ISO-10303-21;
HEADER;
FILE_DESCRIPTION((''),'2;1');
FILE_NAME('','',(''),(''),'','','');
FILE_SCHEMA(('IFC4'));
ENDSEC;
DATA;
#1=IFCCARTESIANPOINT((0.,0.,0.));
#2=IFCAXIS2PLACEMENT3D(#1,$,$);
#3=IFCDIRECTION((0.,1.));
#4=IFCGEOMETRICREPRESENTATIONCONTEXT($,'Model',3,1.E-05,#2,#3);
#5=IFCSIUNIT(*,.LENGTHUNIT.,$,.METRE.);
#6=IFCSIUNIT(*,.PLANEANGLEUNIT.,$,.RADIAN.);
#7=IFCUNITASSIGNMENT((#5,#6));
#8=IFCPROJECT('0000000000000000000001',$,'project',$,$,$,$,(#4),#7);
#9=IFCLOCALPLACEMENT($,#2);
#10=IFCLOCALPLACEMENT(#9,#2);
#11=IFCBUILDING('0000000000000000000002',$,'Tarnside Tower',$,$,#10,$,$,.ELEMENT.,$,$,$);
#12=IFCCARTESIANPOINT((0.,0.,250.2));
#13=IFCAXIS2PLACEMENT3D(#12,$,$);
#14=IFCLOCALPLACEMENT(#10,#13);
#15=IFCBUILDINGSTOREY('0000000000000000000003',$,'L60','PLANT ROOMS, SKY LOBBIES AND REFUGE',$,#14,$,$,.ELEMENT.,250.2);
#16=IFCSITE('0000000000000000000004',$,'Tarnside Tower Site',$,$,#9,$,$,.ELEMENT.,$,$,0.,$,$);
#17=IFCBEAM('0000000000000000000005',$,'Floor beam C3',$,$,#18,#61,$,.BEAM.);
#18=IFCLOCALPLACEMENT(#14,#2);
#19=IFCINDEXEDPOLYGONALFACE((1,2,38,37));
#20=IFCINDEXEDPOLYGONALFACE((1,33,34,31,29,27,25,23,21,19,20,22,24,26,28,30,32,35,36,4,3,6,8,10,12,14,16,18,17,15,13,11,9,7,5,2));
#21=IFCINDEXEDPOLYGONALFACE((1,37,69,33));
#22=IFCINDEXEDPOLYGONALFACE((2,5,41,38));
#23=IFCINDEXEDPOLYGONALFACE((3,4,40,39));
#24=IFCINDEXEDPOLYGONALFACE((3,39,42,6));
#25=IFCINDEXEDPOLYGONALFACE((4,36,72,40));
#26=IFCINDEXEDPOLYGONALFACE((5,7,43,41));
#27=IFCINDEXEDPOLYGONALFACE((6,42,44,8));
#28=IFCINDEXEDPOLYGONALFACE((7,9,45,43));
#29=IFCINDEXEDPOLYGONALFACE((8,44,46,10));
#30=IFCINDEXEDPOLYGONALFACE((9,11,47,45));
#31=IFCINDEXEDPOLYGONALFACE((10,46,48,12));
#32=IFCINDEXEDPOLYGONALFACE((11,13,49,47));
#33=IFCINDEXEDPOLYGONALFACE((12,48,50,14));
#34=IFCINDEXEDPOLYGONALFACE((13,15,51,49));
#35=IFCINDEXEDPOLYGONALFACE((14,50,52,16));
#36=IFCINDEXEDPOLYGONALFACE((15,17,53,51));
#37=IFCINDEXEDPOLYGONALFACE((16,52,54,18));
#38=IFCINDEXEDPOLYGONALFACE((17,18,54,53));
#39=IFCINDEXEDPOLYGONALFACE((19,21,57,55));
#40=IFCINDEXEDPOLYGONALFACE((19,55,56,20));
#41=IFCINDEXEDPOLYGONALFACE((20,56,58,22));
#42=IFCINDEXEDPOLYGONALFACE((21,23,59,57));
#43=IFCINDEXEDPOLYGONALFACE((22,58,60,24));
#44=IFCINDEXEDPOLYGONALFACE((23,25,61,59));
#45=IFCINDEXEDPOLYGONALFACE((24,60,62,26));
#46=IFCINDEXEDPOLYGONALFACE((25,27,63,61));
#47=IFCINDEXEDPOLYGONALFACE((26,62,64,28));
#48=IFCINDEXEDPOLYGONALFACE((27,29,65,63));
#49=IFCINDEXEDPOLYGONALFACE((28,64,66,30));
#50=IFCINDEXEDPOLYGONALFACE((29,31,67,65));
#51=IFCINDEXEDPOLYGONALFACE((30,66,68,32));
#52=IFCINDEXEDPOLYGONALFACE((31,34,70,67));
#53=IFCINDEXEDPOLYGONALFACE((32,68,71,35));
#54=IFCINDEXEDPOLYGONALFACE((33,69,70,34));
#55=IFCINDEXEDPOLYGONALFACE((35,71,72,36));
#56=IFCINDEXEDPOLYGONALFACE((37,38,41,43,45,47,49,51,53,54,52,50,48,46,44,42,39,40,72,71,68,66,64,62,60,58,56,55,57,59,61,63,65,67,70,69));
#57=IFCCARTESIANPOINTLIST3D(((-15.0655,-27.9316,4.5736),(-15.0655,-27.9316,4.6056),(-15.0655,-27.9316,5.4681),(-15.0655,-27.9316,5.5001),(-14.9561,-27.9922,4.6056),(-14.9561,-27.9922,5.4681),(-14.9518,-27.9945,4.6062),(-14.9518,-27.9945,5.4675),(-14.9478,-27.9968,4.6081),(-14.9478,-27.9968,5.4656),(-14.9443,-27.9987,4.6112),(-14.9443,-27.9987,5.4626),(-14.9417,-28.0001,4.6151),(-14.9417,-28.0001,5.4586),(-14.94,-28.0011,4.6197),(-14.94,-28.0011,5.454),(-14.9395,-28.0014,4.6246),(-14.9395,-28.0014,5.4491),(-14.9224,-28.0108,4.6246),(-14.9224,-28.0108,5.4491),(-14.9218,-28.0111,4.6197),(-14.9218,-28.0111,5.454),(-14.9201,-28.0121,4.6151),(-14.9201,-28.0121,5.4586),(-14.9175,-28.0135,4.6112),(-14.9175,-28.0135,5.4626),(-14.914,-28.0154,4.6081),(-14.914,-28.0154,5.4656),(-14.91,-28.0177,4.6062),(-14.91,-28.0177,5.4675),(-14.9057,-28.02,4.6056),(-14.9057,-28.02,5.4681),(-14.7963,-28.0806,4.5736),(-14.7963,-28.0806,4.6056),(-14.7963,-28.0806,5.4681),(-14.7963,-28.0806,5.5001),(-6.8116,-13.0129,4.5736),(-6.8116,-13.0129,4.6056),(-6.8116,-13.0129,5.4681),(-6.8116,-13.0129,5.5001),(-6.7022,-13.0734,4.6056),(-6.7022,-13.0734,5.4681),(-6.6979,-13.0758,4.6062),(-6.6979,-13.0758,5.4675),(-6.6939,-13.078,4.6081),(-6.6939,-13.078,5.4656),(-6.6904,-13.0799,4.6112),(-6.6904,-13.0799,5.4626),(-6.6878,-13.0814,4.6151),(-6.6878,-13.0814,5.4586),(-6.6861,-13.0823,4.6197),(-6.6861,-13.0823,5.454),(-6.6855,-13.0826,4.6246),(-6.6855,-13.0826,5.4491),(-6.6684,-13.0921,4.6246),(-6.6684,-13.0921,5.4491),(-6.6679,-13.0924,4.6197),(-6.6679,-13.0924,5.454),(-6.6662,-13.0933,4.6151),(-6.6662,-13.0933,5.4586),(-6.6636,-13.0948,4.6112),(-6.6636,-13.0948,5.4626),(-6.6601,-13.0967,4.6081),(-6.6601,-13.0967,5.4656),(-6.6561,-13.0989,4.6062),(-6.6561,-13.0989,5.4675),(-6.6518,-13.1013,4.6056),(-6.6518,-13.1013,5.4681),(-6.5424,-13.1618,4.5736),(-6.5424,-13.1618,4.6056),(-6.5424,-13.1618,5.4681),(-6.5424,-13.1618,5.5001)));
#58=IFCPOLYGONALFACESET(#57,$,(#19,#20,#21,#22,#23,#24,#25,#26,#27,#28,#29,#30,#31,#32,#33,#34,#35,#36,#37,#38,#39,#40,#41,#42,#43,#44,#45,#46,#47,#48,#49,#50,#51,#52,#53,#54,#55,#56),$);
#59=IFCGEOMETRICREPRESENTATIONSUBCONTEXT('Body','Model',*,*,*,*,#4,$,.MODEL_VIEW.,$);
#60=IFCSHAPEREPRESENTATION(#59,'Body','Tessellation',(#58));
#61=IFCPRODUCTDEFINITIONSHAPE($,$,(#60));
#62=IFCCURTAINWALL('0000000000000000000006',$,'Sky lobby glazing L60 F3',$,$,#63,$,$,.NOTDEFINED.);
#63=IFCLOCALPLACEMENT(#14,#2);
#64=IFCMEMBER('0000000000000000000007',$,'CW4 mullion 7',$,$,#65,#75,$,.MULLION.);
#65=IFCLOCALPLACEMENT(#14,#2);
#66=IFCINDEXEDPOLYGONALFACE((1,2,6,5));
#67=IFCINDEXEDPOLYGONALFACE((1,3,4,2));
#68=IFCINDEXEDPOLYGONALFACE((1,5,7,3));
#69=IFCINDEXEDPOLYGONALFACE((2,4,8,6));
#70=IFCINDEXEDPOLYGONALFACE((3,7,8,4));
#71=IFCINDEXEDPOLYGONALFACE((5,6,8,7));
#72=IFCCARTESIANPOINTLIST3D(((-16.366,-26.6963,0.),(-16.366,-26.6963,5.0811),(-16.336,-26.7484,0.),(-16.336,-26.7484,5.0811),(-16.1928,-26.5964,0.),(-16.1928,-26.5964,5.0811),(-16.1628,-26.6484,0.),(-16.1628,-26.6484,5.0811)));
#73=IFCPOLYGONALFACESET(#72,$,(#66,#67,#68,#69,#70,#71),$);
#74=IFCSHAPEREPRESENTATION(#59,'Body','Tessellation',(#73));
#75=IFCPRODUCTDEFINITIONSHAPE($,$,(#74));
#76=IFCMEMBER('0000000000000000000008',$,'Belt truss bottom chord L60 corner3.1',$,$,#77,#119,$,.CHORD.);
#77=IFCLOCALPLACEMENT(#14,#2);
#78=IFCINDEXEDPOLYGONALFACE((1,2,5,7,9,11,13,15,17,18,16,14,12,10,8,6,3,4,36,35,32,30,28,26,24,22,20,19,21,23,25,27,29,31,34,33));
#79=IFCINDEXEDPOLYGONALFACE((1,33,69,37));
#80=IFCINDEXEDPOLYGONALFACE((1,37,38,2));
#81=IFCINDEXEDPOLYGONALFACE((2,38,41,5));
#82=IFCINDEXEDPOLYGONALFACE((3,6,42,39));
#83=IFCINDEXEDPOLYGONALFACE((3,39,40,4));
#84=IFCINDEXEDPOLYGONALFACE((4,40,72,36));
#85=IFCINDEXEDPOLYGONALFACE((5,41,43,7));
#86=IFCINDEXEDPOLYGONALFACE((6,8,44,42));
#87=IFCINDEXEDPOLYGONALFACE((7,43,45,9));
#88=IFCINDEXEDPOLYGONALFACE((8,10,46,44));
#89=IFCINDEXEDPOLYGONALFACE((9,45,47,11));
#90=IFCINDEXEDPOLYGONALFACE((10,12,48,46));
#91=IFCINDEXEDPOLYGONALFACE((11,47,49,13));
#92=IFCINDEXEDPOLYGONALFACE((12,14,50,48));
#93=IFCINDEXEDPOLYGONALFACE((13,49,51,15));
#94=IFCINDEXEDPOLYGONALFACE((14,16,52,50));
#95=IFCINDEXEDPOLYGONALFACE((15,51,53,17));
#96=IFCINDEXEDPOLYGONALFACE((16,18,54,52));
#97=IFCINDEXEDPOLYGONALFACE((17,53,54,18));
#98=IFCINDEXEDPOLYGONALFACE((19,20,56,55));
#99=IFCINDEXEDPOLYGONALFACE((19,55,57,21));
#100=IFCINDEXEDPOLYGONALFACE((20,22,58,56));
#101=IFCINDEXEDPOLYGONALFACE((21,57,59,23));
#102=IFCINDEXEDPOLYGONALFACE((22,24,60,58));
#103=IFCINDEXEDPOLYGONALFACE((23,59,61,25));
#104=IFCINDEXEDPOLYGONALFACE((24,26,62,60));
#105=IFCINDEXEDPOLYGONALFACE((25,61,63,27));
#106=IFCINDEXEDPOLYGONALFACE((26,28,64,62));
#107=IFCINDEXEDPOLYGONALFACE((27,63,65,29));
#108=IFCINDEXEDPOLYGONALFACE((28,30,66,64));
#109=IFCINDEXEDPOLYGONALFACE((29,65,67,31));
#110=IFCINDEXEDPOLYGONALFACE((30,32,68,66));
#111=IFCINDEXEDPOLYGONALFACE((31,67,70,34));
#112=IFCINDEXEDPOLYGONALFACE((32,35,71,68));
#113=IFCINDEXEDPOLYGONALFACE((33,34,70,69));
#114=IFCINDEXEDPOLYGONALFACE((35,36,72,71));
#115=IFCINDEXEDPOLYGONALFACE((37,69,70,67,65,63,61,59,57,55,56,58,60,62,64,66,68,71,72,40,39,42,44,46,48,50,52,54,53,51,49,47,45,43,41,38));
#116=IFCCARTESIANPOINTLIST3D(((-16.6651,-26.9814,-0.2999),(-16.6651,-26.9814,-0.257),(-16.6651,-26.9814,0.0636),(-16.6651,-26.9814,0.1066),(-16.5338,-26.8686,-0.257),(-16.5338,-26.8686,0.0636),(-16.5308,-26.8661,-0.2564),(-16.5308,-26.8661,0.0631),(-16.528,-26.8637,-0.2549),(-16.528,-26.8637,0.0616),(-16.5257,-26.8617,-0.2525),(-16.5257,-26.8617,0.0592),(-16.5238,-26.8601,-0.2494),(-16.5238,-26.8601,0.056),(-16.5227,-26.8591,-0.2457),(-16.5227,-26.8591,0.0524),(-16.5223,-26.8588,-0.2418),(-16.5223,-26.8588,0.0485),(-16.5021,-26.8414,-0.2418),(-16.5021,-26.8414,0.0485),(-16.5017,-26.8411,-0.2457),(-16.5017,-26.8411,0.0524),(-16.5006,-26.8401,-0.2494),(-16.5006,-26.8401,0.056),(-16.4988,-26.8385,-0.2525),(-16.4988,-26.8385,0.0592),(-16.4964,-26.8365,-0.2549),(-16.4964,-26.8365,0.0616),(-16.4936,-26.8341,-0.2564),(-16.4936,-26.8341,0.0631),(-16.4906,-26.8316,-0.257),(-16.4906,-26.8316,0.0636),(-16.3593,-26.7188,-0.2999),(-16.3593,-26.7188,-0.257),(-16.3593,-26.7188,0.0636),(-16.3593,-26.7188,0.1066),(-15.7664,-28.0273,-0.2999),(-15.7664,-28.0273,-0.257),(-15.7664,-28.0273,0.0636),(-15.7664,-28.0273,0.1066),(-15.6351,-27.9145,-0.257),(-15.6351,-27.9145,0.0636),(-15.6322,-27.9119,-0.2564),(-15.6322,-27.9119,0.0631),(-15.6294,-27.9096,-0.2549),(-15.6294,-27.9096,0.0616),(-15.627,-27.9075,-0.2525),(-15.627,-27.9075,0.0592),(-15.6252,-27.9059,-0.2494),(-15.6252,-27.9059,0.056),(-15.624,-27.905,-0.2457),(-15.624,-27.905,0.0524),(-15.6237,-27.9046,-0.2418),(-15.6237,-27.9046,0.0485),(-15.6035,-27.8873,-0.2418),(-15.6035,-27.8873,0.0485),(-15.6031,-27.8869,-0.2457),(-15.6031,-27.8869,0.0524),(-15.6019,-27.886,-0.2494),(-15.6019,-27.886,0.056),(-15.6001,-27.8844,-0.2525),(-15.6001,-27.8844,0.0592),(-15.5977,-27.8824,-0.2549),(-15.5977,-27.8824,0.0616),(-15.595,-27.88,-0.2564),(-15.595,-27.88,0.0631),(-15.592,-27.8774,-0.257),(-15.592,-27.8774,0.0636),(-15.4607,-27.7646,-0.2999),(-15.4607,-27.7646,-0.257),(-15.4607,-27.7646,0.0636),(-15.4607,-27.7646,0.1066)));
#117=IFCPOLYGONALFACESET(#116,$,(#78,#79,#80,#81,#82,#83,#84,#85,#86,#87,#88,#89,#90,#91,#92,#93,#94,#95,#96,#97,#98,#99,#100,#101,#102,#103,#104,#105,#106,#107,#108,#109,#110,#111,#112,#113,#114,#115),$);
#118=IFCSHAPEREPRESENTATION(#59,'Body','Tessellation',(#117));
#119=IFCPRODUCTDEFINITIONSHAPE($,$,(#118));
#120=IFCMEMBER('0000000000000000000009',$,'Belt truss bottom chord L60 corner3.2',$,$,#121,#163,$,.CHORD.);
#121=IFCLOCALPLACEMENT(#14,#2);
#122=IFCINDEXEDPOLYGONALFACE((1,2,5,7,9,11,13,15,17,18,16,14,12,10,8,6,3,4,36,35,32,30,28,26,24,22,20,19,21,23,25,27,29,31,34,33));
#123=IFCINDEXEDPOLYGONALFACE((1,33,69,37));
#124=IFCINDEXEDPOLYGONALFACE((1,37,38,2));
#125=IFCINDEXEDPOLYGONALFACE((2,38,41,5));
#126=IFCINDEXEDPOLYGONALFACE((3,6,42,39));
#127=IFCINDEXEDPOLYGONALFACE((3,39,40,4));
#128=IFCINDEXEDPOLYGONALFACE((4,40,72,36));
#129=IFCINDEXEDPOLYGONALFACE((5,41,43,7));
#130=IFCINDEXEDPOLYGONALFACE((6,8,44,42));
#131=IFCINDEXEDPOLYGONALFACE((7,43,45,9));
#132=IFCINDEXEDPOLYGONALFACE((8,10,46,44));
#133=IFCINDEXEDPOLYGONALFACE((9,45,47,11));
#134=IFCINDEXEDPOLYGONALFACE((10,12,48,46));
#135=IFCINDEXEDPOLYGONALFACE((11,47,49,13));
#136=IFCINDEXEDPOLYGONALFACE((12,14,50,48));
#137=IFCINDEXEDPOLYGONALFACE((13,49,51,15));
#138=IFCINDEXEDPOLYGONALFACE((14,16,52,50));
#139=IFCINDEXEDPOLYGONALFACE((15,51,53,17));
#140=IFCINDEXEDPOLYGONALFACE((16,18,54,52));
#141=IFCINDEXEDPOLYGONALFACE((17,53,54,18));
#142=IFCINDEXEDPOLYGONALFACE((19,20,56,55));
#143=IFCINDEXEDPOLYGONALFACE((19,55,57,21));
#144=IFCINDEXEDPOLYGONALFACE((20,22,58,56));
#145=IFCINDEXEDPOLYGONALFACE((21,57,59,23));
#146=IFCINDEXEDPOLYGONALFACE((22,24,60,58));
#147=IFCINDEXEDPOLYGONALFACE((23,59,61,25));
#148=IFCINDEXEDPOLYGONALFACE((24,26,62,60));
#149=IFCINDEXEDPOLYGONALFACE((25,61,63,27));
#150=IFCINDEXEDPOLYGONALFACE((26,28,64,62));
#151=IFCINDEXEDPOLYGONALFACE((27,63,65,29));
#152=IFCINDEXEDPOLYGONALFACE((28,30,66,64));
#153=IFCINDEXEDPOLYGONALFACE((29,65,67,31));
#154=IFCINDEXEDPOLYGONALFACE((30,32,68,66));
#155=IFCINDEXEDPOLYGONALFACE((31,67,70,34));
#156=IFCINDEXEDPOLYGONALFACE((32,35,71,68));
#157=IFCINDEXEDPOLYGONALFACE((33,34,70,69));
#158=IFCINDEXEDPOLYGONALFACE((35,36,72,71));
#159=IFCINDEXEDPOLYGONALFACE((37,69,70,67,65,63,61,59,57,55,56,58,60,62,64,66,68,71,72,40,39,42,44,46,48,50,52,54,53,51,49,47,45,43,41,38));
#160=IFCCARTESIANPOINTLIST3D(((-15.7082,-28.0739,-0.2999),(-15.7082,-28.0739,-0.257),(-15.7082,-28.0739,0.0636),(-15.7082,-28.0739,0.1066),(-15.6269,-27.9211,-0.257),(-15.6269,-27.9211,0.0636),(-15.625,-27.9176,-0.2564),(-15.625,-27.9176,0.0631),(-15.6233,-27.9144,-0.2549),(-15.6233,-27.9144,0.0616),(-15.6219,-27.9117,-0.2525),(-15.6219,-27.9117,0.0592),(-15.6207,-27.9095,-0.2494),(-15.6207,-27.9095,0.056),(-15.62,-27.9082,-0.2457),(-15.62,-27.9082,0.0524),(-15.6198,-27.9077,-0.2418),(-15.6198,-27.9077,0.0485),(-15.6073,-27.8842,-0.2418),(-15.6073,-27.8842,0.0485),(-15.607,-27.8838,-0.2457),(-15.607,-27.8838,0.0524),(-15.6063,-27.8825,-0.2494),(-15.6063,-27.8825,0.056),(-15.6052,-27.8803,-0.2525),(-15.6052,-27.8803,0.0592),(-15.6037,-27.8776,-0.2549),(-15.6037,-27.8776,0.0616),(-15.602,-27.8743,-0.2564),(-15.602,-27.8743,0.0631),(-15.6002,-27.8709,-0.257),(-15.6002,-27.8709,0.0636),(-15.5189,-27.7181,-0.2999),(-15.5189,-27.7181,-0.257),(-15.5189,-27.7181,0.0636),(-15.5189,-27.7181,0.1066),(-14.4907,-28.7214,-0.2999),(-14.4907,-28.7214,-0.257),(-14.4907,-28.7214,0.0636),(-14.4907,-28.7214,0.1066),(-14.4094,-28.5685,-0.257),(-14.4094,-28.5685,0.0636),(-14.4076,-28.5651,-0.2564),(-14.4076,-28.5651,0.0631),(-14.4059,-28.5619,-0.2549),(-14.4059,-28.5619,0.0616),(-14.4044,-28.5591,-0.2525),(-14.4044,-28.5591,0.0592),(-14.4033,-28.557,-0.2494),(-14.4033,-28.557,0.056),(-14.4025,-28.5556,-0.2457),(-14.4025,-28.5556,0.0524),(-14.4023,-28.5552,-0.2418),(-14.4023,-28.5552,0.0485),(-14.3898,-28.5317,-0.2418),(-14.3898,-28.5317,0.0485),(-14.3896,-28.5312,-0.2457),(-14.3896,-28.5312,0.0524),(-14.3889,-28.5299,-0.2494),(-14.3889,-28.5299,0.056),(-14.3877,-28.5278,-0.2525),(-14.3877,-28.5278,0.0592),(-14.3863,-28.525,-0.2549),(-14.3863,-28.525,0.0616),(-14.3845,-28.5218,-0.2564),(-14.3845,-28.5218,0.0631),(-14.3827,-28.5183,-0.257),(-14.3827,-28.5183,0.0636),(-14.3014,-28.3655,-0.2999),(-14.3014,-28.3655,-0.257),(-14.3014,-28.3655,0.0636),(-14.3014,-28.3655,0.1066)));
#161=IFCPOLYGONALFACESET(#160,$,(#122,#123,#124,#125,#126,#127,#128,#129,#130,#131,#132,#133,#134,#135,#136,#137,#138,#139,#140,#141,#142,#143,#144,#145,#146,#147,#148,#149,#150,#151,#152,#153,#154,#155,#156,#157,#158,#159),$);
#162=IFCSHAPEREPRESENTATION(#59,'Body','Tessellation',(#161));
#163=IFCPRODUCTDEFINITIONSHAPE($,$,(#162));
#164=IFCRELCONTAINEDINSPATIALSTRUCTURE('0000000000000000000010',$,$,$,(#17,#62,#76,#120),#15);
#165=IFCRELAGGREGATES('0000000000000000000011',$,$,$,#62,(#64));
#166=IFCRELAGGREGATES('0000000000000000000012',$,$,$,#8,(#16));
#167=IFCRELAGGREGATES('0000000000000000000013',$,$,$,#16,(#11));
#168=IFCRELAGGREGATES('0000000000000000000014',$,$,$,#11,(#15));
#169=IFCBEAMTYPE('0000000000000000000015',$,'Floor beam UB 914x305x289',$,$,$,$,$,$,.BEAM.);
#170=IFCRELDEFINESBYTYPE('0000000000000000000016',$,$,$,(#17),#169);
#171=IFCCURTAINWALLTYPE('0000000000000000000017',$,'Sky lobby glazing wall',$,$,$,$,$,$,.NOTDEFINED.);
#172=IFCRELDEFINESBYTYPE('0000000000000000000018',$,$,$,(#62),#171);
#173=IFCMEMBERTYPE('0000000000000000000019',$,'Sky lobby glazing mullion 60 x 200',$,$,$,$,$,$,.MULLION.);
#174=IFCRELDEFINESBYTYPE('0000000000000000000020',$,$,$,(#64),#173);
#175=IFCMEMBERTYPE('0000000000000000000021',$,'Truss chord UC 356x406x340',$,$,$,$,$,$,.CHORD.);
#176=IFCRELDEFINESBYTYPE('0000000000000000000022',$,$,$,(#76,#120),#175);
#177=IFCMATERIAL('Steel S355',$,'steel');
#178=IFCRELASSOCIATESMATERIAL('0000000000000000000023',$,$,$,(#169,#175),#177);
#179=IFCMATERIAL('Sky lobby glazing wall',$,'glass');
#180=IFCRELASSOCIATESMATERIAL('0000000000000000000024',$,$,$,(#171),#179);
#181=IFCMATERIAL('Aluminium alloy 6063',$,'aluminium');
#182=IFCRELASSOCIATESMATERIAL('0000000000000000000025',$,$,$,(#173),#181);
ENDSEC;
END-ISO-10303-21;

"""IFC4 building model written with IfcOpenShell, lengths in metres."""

from ifc_helpers import new_model, si_unit, direction, frame, origin, origin_2d, place, context, subcontext, project, spatial, rectangle, i_section, extrude, material, material_profile, profile_set, type_object, element, aggregate, save


model = new_model("IFC4")

# Units and contexts
model_context = context("Model", 3, precision=1e-05, world=origin(), true_north=direction((0.0, 1.0)))
body_context = subcontext(model_context, "Body", "Model", "MODEL_VIEW")
ifc_project = project(units=[si_unit("LENGTHUNIT", "METRE"), si_unit("PLANEANGLEUNIT", "RADIAN")], contexts=[model_context])

# Site, building, storey
site_placement = place(None, origin())
site = spatial("IfcSite", under=ifc_project, at=site_placement, Name="Tarnside Tower Site", CompositionType="ELEMENT", RefElevation=0.0)
building_placement = place(site_placement, origin())
building = spatial("IfcBuilding", under=site, at=building_placement, Name="Tarnside Tower", CompositionType="ELEMENT")
storey_placement = place(building_placement, frame((0.0, 0.0, 250.2)))
storey = spatial("IfcBuildingStorey", under=building, at=storey_placement, Name="L60", Description="PLANT ROOMS, SKY LOBBIES AND REFUGE", CompositionType="ELEMENT", Elevation=250.2)

# Beam
ifc_material_1 = material(Name="Steel S355", Category="steel")
ifc_material_profile_1 = material_profile(ifc_material_1, i_section(OverallWidth=0.3076, OverallDepth=0.9265, WebThickness=0.0195, FlangeThickness=0.032, FilletRadius=0.019, at=origin_2d()), Name="UB 914x305x289")
ifc_profile_set_1 = profile_set([ifc_material_profile_1], Name="Steel S355")
beam_type = type_object("IfcBeamType", Name="Floor beam UB 914x305x289", PredefinedType="BEAM", material=ifc_profile_set_1)
beam_placement = place(storey_placement, frame((-14.9309, -28.0061, 5.0369), z_axis=(0.484107, 0.875009, 0.0), x_axis=(-0.875009, 0.484107, 0.0)))
element("IfcBeam", 1, at=beam_placement, inside=storey, type_object=beam_type, Name="Floor beam C3", PredefinedType="BEAM", context=body_context, shape_type="SweptSolid", body=[
    extrude(i_section(OverallWidth=0.3076, OverallDepth=0.9265, WebThickness=0.0195, FlangeThickness=0.032, FilletRadius=0.019, at=origin_2d()), origin(), (0.0, 0.0, 1.0), 17.0498),
])

# Curtain wall, member
ifc_material_2 = material(Name="Sky lobby glazing wall", Category="glass")
curtain_wall_type = type_object("IfcCurtainWallType", Name="Sky lobby glazing wall", PredefinedType="NOTDEFINED", material=ifc_material_2)
curtain_wall_placement = place(storey_placement, origin())
curtain_wall = element("IfcCurtainWall", 2, at=curtain_wall_placement, inside=storey, type_object=curtain_wall_type, Name="Sky lobby glazing L60 F3", PredefinedType="NOTDEFINED")
ifc_material_3 = material(Name="Aluminium alloy 6063", Category="aluminium")
ifc_material_profile_2 = material_profile(ifc_material_3, rectangle(XDim=0.2, YDim=0.0601, at=origin_2d()), Name="Sky lobby glazing mullion 60 x 200")
ifc_profile_set_2 = profile_set([ifc_material_profile_2], Name="Aluminium alloy 6063")
member_type_1 = type_object("IfcMemberType", Name="Sky lobby glazing mullion 60 x 200", PredefinedType="MULLION", material=ifc_profile_set_2)
member_1_placement = place(storey_placement, frame((-16.2644, -26.6724, 0.0), z_axis=(0.0, 0.0, 1.0), x_axis=(0.866025, 0.5, 0.0)))
member_1 = element("IfcMember", 3, at=member_1_placement, type_object=member_type_1, Name="CW4 mullion 7", PredefinedType="MULLION", context=body_context, shape_type="SweptSolid", body=[
    extrude(rectangle(XDim=0.2, YDim=0.0601, at=origin_2d()), origin(), (0.0, 0.0, 1.0), 5.0811),
])
aggregate(curtain_wall, [member_1])

# Members
ifc_material_profile_3 = material_profile(ifc_material_1, i_section(OverallWidth=0.4031, OverallDepth=0.4065, WebThickness=0.0266, FlangeThickness=0.043, FilletRadius=0.0151, at=origin_2d()), Name="UC 356x406x340")
ifc_profile_set_3 = profile_set([ifc_material_profile_3], Name="Steel S355")
member_type_2 = type_object("IfcMemberType", Name="Truss chord UC 356x406x340", PredefinedType="CHORD", material=ifc_profile_set_3)
for number, where, z_axis, x_axis, name in (
    (4, (-16.5122, -26.8501, -0.0967), (0.651709, -0.758469, 0.0), (0.758469, 0.651709, 0.0), "Belt truss bottom chord L60 corner3.1"),
    (5, (-15.6135, -27.896, -0.0967), (0.882921, -0.469522, 0.0), (0.469522, 0.882921, 0.0), "Belt truss bottom chord L60 corner3.2"),
):
    element("IfcMember", number, at=place(storey_placement, frame(where, z_axis=z_axis, x_axis=x_axis)), inside=storey, type_object=member_type_2, Name=name, PredefinedType="CHORD", context=body_context, shape_type="SweptSolid", body=[
        extrude(i_section(OverallWidth=0.4031, OverallDepth=0.4065, WebThickness=0.0266, FlangeThickness=0.043, FilletRadius=0.0151, at=origin_2d()), origin(), (0.0, 0.0, 1.0), 1.3789),
    ])

save(model, "model.ifc")
